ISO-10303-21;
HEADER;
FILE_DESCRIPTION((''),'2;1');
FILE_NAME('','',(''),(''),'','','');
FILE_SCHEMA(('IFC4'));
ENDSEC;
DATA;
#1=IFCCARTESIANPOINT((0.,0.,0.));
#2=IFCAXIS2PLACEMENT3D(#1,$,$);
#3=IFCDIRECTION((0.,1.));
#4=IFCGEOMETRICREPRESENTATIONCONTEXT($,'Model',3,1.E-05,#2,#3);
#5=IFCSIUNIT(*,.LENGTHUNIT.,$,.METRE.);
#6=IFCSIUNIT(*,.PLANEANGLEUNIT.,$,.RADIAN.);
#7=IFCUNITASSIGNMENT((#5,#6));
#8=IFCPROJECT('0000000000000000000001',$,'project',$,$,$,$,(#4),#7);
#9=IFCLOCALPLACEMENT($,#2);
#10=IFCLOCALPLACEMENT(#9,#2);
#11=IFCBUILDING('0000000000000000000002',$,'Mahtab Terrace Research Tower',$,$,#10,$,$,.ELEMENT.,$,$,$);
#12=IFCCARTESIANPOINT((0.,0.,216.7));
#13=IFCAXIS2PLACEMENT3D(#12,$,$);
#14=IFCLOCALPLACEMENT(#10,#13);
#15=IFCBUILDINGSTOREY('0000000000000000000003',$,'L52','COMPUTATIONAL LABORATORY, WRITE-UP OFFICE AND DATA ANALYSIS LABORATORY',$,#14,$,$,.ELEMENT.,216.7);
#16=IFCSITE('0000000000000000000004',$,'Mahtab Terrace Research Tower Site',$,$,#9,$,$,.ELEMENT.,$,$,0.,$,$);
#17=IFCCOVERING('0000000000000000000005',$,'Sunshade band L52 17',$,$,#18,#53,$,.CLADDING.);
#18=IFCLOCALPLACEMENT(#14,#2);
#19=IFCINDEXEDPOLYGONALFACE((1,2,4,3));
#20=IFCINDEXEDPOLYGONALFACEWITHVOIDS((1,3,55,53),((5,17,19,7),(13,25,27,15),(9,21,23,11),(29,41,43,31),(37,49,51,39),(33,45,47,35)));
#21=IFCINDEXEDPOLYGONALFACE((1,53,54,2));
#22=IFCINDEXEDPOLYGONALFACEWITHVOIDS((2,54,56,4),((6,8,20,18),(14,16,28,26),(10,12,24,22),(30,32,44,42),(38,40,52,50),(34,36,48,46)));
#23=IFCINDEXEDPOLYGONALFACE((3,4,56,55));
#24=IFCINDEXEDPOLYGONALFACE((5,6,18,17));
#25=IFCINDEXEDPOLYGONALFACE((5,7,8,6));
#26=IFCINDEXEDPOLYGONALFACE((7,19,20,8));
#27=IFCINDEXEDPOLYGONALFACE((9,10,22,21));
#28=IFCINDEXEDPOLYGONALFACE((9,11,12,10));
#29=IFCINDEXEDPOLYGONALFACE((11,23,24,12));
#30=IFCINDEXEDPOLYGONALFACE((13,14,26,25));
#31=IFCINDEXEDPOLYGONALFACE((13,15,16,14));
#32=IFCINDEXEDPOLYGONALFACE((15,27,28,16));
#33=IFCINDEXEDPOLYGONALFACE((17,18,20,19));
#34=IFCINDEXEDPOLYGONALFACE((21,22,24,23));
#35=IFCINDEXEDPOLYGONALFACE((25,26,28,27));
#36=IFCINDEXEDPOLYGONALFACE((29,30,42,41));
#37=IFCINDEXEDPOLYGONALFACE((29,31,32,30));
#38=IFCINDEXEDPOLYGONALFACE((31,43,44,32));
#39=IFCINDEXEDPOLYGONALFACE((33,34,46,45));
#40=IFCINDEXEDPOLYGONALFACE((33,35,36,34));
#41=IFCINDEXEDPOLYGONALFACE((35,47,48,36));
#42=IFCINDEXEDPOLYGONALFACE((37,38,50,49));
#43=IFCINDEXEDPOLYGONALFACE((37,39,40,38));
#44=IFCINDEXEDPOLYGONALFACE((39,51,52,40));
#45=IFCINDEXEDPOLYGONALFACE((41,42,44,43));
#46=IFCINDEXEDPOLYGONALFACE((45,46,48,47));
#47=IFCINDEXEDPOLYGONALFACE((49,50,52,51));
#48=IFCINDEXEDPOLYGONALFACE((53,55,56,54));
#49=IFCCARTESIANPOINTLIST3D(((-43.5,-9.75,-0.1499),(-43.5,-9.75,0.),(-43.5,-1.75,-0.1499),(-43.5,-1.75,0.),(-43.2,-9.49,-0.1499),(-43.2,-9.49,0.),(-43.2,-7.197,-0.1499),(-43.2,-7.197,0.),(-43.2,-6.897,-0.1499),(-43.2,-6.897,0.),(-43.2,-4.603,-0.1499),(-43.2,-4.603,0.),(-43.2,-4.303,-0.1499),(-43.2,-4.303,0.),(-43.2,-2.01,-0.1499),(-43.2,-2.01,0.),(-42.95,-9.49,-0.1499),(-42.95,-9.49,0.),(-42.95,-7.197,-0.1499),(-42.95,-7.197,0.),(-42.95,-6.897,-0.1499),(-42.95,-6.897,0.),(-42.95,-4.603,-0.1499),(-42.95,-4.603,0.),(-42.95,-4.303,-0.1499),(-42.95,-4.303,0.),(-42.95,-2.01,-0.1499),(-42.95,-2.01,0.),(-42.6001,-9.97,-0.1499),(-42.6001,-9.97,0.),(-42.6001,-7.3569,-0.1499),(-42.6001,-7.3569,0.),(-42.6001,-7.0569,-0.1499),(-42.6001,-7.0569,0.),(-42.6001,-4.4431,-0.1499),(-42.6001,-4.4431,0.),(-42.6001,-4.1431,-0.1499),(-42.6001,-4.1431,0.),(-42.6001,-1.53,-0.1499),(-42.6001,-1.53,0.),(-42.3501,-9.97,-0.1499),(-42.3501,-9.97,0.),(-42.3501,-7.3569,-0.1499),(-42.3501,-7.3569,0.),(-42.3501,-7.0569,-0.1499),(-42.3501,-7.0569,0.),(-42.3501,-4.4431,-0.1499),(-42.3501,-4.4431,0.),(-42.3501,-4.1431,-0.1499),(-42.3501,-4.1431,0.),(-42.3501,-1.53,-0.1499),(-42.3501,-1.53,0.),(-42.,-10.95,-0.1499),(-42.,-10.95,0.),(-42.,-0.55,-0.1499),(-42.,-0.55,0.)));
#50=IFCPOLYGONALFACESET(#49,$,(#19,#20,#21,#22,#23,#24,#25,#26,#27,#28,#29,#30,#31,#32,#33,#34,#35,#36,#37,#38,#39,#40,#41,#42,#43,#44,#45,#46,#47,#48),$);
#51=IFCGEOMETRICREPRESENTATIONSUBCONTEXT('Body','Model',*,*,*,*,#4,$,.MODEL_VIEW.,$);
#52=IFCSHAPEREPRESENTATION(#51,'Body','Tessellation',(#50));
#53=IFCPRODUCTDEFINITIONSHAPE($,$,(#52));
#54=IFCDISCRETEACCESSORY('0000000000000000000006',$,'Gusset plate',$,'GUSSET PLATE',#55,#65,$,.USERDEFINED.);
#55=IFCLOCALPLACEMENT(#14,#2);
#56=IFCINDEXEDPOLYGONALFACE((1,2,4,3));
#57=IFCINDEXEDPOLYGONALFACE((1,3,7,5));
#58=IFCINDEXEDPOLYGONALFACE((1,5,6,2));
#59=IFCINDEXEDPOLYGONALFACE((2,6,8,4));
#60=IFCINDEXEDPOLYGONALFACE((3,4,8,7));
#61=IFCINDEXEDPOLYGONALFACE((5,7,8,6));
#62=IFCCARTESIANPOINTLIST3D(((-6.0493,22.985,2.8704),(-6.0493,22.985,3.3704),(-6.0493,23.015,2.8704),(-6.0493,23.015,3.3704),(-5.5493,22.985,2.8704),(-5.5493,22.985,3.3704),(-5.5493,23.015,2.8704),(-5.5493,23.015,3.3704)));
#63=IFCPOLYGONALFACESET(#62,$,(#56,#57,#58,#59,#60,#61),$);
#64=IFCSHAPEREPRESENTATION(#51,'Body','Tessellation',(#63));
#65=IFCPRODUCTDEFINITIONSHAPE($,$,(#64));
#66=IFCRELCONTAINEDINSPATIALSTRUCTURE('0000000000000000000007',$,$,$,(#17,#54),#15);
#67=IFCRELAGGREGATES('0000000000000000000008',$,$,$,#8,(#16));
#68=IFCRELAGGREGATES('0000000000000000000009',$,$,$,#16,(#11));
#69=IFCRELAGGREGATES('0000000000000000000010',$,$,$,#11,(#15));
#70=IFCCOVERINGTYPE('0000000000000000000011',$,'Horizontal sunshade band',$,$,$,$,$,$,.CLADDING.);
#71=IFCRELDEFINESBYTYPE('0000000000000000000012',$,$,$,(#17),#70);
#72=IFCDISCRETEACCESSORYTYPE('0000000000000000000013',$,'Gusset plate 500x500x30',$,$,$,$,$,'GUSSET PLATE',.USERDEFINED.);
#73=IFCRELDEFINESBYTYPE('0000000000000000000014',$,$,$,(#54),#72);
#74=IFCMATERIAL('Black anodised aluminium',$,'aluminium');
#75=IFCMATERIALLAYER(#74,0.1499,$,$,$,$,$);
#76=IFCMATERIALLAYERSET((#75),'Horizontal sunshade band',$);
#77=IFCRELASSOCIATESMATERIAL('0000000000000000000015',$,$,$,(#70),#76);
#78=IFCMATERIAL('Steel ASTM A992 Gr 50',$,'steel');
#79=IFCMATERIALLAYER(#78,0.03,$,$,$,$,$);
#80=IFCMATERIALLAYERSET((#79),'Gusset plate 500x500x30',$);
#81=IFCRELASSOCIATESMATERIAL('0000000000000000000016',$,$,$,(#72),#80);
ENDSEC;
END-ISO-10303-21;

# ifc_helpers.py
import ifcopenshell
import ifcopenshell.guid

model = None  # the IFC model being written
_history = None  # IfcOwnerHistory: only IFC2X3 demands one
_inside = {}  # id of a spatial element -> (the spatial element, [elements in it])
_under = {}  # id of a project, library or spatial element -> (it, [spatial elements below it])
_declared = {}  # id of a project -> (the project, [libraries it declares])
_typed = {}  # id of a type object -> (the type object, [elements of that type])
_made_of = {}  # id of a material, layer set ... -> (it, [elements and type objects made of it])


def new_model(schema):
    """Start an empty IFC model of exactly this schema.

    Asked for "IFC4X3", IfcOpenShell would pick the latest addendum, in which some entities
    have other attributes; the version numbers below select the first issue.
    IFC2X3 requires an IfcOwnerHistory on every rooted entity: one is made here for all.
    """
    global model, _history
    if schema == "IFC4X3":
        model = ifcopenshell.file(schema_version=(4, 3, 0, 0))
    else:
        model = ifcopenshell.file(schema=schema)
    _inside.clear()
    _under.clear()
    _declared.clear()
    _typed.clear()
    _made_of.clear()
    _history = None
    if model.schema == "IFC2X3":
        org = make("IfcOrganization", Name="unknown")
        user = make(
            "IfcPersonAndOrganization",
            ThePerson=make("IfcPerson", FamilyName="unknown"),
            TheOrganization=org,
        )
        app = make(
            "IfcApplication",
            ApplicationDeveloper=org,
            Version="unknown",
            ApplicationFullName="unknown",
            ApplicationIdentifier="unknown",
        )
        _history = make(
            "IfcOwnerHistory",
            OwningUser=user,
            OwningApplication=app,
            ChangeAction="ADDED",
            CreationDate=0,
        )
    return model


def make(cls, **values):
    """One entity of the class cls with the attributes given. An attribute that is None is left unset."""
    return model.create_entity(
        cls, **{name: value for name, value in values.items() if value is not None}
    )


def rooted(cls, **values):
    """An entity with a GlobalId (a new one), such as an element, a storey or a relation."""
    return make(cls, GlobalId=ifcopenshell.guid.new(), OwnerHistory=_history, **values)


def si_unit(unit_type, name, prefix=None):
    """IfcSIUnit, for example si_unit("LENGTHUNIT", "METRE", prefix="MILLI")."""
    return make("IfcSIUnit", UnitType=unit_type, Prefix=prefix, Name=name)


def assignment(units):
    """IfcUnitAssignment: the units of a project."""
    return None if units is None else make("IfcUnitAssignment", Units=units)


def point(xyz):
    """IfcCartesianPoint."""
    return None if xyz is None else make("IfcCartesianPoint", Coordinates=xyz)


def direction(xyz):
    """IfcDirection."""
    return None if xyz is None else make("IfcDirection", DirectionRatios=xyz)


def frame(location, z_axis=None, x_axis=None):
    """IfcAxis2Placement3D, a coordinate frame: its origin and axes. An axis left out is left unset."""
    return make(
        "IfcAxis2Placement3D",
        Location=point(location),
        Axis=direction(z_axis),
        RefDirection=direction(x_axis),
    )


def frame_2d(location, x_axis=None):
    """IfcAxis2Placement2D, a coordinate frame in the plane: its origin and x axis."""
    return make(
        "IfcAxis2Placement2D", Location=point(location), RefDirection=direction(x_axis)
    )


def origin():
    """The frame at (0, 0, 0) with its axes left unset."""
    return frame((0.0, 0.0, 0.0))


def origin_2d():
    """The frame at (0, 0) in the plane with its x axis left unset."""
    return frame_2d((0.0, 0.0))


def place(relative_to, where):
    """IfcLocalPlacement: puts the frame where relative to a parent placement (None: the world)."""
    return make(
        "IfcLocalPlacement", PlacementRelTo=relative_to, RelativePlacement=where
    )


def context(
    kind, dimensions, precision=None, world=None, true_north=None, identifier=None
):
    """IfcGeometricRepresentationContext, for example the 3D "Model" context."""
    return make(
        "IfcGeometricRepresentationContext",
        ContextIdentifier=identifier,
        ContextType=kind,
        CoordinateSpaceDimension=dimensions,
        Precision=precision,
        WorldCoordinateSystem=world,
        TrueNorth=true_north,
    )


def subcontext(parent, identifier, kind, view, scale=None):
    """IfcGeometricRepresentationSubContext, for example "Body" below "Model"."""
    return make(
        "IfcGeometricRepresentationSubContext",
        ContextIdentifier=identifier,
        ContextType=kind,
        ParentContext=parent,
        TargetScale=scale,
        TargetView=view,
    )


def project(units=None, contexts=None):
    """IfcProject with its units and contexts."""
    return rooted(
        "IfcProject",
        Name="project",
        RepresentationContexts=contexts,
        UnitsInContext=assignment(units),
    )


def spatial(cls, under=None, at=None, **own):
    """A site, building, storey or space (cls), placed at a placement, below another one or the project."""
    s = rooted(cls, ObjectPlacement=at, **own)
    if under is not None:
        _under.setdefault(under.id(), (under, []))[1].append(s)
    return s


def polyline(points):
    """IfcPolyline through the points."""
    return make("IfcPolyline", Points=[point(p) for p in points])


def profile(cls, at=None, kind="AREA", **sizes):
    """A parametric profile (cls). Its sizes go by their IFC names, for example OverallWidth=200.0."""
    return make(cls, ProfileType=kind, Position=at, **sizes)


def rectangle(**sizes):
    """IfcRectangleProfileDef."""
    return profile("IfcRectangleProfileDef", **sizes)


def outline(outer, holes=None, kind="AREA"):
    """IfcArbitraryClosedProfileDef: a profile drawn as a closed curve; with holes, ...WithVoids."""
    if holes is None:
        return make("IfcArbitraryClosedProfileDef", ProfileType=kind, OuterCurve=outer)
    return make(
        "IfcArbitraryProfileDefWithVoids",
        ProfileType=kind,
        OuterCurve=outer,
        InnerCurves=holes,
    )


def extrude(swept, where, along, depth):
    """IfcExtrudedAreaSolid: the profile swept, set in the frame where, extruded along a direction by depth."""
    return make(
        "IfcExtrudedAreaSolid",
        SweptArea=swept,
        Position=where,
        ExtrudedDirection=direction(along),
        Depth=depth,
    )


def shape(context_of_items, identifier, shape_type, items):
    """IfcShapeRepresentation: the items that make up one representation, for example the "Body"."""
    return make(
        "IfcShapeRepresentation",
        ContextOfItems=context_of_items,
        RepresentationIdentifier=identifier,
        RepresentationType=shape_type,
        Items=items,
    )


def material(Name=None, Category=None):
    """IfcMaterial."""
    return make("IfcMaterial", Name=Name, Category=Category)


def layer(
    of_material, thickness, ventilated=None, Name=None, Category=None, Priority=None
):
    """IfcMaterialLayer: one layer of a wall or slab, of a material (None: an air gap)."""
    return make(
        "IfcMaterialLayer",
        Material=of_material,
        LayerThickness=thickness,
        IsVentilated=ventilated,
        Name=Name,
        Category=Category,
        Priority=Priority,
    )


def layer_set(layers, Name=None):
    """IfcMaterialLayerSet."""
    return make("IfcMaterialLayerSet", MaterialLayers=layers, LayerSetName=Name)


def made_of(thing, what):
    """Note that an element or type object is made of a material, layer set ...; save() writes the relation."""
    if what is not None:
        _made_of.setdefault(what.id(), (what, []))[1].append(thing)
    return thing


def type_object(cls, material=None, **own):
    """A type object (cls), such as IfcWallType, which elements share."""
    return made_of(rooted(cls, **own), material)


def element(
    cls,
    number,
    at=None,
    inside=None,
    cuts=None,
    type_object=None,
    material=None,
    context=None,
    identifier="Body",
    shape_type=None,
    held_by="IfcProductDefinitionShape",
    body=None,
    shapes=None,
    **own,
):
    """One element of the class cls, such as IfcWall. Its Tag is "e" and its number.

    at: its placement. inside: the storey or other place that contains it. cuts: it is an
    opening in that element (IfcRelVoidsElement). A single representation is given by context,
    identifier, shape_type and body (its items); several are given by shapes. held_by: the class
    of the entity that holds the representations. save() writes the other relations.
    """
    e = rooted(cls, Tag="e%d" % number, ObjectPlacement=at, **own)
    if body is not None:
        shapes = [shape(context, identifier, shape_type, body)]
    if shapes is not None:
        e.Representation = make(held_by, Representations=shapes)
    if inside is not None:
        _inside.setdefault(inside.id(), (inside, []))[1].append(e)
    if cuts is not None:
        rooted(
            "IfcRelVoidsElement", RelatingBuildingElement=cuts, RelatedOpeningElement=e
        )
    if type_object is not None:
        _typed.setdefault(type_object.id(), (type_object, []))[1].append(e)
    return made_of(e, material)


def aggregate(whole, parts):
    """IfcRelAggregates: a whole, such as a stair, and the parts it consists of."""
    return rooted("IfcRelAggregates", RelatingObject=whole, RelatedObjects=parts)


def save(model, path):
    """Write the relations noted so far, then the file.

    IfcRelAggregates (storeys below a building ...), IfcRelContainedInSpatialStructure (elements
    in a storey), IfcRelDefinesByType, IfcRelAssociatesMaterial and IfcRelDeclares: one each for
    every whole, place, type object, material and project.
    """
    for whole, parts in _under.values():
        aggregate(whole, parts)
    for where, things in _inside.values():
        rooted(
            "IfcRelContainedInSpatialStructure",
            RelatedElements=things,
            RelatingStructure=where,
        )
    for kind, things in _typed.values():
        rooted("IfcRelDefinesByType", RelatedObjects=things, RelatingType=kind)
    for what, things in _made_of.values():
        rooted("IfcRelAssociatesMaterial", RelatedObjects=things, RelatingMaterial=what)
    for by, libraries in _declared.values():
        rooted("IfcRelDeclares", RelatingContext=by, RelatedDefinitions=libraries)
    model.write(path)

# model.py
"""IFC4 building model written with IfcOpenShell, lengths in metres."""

from ifc_helpers import new_model, si_unit, direction, frame, origin, origin_2d, place, context, subcontext, project, spatial, polyline, rectangle, outline, extrude, material, layer, layer_set, type_object, element, save


model = new_model("IFC4")

# Units and contexts
model_context = context("Model", 3, precision=1e-05, world=origin(), true_north=direction((0.0, 1.0)))
body_context = subcontext(model_context, "Body", "Model", "MODEL_VIEW")
ifc_project = project(units=[si_unit("LENGTHUNIT", "METRE"), si_unit("PLANEANGLEUNIT", "RADIAN")], contexts=[model_context])

# Site, building, storey
site_placement = place(None, origin())
site = spatial("IfcSite", under=ifc_project, at=site_placement, Name="Mahtab Terrace Research Tower Site", CompositionType="ELEMENT", RefElevation=0.0)
building_placement = place(site_placement, origin())
building = spatial("IfcBuilding", under=site, at=building_placement, Name="Mahtab Terrace Research Tower", CompositionType="ELEMENT")
storey_placement = place(building_placement, frame((0.0, 0.0, 216.7)))
storey = spatial("IfcBuildingStorey", under=building, at=storey_placement, Name="L52", Description="COMPUTATIONAL LABORATORY, WRITE-UP OFFICE AND DATA ANALYSIS LABORATORY", CompositionType="ELEMENT", Elevation=216.7)

# Shared definitions
ifc_material_1 = material(Name="Steel ASTM A992 Gr 50", Category="steel")

# Covering
ifc_material_2 = material(Name="Black anodised aluminium", Category="aluminium")
ifc_layer_1 = layer(ifc_material_2, 0.1499)
ifc_layer_set_1 = layer_set([ifc_layer_1], Name="Horizontal sunshade band")
covering_type = type_object("IfcCoveringType", Name="Horizontal sunshade band", PredefinedType="CLADDING", material=ifc_layer_set_1)
covering_placement = place(storey_placement, frame((0.0, 0.0, -0.1499)))
element("IfcCovering", 1, at=covering_placement, inside=storey, type_object=covering_type, Name="Sunshade band L52 17", PredefinedType="CLADDING", context=body_context, shape_type="SweptSolid", body=[
    extrude(outline(polyline([(-42.0, -0.55), (-42.0, -10.95), (-43.5, -9.75), (-43.5, -1.75), (-42.0, -0.55)]), holes=[polyline([(-42.3501, -1.53), (-42.3501, -4.1431), (-42.6001, -4.1431), (-42.6001, -1.53), (-42.3501, -1.53)]), polyline([(-42.3501, -4.4431), (-42.3501, -7.0569), (-42.6001, -7.0569), (-42.6001, -4.4431), (-42.3501, -4.4431)]), polyline([(-42.3501, -7.3569), (-42.3501, -9.97), (-42.6001, -9.97), (-42.6001, -7.3569), (-42.3501, -7.3569)]), polyline([(-42.95, -2.01), (-42.95, -4.303), (-43.2, -4.303), (-43.2, -2.01), (-42.95, -2.01)]), polyline([(-42.95, -4.603), (-42.95, -6.897), (-43.2, -6.897), (-43.2, -4.603), (-42.95, -4.603)]), polyline([(-42.95, -7.197), (-42.95, -9.49), (-43.2, -9.49), (-43.2, -7.197), (-42.95, -7.197)])]), origin(), (0.0, 0.0, 1.0), 0.1499),
])

# Discrete accessory
ifc_layer_2 = layer(ifc_material_1, 0.03)
ifc_layer_set_2 = layer_set([ifc_layer_2], Name="Gusset plate 500x500x30")
discrete_accessory_type = type_object("IfcDiscreteAccessoryType", Name="Gusset plate 500x500x30", ElementType="GUSSET PLATE", PredefinedType="USERDEFINED", material=ifc_layer_set_2)
discrete_accessory_placement = place(storey_placement, frame((-5.7993, 23.0, 2.8704), z_axis=(0.0, 0.0, 1.0), x_axis=(1.0, 0.0, 0.0)))
element("IfcDiscreteAccessory", 2, at=discrete_accessory_placement, inside=storey, type_object=discrete_accessory_type, Name="Gusset plate", ObjectType="GUSSET PLATE", PredefinedType="USERDEFINED", context=body_context, shape_type="SweptSolid", body=[
    extrude(rectangle(XDim=0.5, YDim=0.03, at=origin_2d()), origin(), (0.0, 0.0, 1.0), 0.5),
])

save(model, "model.ifc")
